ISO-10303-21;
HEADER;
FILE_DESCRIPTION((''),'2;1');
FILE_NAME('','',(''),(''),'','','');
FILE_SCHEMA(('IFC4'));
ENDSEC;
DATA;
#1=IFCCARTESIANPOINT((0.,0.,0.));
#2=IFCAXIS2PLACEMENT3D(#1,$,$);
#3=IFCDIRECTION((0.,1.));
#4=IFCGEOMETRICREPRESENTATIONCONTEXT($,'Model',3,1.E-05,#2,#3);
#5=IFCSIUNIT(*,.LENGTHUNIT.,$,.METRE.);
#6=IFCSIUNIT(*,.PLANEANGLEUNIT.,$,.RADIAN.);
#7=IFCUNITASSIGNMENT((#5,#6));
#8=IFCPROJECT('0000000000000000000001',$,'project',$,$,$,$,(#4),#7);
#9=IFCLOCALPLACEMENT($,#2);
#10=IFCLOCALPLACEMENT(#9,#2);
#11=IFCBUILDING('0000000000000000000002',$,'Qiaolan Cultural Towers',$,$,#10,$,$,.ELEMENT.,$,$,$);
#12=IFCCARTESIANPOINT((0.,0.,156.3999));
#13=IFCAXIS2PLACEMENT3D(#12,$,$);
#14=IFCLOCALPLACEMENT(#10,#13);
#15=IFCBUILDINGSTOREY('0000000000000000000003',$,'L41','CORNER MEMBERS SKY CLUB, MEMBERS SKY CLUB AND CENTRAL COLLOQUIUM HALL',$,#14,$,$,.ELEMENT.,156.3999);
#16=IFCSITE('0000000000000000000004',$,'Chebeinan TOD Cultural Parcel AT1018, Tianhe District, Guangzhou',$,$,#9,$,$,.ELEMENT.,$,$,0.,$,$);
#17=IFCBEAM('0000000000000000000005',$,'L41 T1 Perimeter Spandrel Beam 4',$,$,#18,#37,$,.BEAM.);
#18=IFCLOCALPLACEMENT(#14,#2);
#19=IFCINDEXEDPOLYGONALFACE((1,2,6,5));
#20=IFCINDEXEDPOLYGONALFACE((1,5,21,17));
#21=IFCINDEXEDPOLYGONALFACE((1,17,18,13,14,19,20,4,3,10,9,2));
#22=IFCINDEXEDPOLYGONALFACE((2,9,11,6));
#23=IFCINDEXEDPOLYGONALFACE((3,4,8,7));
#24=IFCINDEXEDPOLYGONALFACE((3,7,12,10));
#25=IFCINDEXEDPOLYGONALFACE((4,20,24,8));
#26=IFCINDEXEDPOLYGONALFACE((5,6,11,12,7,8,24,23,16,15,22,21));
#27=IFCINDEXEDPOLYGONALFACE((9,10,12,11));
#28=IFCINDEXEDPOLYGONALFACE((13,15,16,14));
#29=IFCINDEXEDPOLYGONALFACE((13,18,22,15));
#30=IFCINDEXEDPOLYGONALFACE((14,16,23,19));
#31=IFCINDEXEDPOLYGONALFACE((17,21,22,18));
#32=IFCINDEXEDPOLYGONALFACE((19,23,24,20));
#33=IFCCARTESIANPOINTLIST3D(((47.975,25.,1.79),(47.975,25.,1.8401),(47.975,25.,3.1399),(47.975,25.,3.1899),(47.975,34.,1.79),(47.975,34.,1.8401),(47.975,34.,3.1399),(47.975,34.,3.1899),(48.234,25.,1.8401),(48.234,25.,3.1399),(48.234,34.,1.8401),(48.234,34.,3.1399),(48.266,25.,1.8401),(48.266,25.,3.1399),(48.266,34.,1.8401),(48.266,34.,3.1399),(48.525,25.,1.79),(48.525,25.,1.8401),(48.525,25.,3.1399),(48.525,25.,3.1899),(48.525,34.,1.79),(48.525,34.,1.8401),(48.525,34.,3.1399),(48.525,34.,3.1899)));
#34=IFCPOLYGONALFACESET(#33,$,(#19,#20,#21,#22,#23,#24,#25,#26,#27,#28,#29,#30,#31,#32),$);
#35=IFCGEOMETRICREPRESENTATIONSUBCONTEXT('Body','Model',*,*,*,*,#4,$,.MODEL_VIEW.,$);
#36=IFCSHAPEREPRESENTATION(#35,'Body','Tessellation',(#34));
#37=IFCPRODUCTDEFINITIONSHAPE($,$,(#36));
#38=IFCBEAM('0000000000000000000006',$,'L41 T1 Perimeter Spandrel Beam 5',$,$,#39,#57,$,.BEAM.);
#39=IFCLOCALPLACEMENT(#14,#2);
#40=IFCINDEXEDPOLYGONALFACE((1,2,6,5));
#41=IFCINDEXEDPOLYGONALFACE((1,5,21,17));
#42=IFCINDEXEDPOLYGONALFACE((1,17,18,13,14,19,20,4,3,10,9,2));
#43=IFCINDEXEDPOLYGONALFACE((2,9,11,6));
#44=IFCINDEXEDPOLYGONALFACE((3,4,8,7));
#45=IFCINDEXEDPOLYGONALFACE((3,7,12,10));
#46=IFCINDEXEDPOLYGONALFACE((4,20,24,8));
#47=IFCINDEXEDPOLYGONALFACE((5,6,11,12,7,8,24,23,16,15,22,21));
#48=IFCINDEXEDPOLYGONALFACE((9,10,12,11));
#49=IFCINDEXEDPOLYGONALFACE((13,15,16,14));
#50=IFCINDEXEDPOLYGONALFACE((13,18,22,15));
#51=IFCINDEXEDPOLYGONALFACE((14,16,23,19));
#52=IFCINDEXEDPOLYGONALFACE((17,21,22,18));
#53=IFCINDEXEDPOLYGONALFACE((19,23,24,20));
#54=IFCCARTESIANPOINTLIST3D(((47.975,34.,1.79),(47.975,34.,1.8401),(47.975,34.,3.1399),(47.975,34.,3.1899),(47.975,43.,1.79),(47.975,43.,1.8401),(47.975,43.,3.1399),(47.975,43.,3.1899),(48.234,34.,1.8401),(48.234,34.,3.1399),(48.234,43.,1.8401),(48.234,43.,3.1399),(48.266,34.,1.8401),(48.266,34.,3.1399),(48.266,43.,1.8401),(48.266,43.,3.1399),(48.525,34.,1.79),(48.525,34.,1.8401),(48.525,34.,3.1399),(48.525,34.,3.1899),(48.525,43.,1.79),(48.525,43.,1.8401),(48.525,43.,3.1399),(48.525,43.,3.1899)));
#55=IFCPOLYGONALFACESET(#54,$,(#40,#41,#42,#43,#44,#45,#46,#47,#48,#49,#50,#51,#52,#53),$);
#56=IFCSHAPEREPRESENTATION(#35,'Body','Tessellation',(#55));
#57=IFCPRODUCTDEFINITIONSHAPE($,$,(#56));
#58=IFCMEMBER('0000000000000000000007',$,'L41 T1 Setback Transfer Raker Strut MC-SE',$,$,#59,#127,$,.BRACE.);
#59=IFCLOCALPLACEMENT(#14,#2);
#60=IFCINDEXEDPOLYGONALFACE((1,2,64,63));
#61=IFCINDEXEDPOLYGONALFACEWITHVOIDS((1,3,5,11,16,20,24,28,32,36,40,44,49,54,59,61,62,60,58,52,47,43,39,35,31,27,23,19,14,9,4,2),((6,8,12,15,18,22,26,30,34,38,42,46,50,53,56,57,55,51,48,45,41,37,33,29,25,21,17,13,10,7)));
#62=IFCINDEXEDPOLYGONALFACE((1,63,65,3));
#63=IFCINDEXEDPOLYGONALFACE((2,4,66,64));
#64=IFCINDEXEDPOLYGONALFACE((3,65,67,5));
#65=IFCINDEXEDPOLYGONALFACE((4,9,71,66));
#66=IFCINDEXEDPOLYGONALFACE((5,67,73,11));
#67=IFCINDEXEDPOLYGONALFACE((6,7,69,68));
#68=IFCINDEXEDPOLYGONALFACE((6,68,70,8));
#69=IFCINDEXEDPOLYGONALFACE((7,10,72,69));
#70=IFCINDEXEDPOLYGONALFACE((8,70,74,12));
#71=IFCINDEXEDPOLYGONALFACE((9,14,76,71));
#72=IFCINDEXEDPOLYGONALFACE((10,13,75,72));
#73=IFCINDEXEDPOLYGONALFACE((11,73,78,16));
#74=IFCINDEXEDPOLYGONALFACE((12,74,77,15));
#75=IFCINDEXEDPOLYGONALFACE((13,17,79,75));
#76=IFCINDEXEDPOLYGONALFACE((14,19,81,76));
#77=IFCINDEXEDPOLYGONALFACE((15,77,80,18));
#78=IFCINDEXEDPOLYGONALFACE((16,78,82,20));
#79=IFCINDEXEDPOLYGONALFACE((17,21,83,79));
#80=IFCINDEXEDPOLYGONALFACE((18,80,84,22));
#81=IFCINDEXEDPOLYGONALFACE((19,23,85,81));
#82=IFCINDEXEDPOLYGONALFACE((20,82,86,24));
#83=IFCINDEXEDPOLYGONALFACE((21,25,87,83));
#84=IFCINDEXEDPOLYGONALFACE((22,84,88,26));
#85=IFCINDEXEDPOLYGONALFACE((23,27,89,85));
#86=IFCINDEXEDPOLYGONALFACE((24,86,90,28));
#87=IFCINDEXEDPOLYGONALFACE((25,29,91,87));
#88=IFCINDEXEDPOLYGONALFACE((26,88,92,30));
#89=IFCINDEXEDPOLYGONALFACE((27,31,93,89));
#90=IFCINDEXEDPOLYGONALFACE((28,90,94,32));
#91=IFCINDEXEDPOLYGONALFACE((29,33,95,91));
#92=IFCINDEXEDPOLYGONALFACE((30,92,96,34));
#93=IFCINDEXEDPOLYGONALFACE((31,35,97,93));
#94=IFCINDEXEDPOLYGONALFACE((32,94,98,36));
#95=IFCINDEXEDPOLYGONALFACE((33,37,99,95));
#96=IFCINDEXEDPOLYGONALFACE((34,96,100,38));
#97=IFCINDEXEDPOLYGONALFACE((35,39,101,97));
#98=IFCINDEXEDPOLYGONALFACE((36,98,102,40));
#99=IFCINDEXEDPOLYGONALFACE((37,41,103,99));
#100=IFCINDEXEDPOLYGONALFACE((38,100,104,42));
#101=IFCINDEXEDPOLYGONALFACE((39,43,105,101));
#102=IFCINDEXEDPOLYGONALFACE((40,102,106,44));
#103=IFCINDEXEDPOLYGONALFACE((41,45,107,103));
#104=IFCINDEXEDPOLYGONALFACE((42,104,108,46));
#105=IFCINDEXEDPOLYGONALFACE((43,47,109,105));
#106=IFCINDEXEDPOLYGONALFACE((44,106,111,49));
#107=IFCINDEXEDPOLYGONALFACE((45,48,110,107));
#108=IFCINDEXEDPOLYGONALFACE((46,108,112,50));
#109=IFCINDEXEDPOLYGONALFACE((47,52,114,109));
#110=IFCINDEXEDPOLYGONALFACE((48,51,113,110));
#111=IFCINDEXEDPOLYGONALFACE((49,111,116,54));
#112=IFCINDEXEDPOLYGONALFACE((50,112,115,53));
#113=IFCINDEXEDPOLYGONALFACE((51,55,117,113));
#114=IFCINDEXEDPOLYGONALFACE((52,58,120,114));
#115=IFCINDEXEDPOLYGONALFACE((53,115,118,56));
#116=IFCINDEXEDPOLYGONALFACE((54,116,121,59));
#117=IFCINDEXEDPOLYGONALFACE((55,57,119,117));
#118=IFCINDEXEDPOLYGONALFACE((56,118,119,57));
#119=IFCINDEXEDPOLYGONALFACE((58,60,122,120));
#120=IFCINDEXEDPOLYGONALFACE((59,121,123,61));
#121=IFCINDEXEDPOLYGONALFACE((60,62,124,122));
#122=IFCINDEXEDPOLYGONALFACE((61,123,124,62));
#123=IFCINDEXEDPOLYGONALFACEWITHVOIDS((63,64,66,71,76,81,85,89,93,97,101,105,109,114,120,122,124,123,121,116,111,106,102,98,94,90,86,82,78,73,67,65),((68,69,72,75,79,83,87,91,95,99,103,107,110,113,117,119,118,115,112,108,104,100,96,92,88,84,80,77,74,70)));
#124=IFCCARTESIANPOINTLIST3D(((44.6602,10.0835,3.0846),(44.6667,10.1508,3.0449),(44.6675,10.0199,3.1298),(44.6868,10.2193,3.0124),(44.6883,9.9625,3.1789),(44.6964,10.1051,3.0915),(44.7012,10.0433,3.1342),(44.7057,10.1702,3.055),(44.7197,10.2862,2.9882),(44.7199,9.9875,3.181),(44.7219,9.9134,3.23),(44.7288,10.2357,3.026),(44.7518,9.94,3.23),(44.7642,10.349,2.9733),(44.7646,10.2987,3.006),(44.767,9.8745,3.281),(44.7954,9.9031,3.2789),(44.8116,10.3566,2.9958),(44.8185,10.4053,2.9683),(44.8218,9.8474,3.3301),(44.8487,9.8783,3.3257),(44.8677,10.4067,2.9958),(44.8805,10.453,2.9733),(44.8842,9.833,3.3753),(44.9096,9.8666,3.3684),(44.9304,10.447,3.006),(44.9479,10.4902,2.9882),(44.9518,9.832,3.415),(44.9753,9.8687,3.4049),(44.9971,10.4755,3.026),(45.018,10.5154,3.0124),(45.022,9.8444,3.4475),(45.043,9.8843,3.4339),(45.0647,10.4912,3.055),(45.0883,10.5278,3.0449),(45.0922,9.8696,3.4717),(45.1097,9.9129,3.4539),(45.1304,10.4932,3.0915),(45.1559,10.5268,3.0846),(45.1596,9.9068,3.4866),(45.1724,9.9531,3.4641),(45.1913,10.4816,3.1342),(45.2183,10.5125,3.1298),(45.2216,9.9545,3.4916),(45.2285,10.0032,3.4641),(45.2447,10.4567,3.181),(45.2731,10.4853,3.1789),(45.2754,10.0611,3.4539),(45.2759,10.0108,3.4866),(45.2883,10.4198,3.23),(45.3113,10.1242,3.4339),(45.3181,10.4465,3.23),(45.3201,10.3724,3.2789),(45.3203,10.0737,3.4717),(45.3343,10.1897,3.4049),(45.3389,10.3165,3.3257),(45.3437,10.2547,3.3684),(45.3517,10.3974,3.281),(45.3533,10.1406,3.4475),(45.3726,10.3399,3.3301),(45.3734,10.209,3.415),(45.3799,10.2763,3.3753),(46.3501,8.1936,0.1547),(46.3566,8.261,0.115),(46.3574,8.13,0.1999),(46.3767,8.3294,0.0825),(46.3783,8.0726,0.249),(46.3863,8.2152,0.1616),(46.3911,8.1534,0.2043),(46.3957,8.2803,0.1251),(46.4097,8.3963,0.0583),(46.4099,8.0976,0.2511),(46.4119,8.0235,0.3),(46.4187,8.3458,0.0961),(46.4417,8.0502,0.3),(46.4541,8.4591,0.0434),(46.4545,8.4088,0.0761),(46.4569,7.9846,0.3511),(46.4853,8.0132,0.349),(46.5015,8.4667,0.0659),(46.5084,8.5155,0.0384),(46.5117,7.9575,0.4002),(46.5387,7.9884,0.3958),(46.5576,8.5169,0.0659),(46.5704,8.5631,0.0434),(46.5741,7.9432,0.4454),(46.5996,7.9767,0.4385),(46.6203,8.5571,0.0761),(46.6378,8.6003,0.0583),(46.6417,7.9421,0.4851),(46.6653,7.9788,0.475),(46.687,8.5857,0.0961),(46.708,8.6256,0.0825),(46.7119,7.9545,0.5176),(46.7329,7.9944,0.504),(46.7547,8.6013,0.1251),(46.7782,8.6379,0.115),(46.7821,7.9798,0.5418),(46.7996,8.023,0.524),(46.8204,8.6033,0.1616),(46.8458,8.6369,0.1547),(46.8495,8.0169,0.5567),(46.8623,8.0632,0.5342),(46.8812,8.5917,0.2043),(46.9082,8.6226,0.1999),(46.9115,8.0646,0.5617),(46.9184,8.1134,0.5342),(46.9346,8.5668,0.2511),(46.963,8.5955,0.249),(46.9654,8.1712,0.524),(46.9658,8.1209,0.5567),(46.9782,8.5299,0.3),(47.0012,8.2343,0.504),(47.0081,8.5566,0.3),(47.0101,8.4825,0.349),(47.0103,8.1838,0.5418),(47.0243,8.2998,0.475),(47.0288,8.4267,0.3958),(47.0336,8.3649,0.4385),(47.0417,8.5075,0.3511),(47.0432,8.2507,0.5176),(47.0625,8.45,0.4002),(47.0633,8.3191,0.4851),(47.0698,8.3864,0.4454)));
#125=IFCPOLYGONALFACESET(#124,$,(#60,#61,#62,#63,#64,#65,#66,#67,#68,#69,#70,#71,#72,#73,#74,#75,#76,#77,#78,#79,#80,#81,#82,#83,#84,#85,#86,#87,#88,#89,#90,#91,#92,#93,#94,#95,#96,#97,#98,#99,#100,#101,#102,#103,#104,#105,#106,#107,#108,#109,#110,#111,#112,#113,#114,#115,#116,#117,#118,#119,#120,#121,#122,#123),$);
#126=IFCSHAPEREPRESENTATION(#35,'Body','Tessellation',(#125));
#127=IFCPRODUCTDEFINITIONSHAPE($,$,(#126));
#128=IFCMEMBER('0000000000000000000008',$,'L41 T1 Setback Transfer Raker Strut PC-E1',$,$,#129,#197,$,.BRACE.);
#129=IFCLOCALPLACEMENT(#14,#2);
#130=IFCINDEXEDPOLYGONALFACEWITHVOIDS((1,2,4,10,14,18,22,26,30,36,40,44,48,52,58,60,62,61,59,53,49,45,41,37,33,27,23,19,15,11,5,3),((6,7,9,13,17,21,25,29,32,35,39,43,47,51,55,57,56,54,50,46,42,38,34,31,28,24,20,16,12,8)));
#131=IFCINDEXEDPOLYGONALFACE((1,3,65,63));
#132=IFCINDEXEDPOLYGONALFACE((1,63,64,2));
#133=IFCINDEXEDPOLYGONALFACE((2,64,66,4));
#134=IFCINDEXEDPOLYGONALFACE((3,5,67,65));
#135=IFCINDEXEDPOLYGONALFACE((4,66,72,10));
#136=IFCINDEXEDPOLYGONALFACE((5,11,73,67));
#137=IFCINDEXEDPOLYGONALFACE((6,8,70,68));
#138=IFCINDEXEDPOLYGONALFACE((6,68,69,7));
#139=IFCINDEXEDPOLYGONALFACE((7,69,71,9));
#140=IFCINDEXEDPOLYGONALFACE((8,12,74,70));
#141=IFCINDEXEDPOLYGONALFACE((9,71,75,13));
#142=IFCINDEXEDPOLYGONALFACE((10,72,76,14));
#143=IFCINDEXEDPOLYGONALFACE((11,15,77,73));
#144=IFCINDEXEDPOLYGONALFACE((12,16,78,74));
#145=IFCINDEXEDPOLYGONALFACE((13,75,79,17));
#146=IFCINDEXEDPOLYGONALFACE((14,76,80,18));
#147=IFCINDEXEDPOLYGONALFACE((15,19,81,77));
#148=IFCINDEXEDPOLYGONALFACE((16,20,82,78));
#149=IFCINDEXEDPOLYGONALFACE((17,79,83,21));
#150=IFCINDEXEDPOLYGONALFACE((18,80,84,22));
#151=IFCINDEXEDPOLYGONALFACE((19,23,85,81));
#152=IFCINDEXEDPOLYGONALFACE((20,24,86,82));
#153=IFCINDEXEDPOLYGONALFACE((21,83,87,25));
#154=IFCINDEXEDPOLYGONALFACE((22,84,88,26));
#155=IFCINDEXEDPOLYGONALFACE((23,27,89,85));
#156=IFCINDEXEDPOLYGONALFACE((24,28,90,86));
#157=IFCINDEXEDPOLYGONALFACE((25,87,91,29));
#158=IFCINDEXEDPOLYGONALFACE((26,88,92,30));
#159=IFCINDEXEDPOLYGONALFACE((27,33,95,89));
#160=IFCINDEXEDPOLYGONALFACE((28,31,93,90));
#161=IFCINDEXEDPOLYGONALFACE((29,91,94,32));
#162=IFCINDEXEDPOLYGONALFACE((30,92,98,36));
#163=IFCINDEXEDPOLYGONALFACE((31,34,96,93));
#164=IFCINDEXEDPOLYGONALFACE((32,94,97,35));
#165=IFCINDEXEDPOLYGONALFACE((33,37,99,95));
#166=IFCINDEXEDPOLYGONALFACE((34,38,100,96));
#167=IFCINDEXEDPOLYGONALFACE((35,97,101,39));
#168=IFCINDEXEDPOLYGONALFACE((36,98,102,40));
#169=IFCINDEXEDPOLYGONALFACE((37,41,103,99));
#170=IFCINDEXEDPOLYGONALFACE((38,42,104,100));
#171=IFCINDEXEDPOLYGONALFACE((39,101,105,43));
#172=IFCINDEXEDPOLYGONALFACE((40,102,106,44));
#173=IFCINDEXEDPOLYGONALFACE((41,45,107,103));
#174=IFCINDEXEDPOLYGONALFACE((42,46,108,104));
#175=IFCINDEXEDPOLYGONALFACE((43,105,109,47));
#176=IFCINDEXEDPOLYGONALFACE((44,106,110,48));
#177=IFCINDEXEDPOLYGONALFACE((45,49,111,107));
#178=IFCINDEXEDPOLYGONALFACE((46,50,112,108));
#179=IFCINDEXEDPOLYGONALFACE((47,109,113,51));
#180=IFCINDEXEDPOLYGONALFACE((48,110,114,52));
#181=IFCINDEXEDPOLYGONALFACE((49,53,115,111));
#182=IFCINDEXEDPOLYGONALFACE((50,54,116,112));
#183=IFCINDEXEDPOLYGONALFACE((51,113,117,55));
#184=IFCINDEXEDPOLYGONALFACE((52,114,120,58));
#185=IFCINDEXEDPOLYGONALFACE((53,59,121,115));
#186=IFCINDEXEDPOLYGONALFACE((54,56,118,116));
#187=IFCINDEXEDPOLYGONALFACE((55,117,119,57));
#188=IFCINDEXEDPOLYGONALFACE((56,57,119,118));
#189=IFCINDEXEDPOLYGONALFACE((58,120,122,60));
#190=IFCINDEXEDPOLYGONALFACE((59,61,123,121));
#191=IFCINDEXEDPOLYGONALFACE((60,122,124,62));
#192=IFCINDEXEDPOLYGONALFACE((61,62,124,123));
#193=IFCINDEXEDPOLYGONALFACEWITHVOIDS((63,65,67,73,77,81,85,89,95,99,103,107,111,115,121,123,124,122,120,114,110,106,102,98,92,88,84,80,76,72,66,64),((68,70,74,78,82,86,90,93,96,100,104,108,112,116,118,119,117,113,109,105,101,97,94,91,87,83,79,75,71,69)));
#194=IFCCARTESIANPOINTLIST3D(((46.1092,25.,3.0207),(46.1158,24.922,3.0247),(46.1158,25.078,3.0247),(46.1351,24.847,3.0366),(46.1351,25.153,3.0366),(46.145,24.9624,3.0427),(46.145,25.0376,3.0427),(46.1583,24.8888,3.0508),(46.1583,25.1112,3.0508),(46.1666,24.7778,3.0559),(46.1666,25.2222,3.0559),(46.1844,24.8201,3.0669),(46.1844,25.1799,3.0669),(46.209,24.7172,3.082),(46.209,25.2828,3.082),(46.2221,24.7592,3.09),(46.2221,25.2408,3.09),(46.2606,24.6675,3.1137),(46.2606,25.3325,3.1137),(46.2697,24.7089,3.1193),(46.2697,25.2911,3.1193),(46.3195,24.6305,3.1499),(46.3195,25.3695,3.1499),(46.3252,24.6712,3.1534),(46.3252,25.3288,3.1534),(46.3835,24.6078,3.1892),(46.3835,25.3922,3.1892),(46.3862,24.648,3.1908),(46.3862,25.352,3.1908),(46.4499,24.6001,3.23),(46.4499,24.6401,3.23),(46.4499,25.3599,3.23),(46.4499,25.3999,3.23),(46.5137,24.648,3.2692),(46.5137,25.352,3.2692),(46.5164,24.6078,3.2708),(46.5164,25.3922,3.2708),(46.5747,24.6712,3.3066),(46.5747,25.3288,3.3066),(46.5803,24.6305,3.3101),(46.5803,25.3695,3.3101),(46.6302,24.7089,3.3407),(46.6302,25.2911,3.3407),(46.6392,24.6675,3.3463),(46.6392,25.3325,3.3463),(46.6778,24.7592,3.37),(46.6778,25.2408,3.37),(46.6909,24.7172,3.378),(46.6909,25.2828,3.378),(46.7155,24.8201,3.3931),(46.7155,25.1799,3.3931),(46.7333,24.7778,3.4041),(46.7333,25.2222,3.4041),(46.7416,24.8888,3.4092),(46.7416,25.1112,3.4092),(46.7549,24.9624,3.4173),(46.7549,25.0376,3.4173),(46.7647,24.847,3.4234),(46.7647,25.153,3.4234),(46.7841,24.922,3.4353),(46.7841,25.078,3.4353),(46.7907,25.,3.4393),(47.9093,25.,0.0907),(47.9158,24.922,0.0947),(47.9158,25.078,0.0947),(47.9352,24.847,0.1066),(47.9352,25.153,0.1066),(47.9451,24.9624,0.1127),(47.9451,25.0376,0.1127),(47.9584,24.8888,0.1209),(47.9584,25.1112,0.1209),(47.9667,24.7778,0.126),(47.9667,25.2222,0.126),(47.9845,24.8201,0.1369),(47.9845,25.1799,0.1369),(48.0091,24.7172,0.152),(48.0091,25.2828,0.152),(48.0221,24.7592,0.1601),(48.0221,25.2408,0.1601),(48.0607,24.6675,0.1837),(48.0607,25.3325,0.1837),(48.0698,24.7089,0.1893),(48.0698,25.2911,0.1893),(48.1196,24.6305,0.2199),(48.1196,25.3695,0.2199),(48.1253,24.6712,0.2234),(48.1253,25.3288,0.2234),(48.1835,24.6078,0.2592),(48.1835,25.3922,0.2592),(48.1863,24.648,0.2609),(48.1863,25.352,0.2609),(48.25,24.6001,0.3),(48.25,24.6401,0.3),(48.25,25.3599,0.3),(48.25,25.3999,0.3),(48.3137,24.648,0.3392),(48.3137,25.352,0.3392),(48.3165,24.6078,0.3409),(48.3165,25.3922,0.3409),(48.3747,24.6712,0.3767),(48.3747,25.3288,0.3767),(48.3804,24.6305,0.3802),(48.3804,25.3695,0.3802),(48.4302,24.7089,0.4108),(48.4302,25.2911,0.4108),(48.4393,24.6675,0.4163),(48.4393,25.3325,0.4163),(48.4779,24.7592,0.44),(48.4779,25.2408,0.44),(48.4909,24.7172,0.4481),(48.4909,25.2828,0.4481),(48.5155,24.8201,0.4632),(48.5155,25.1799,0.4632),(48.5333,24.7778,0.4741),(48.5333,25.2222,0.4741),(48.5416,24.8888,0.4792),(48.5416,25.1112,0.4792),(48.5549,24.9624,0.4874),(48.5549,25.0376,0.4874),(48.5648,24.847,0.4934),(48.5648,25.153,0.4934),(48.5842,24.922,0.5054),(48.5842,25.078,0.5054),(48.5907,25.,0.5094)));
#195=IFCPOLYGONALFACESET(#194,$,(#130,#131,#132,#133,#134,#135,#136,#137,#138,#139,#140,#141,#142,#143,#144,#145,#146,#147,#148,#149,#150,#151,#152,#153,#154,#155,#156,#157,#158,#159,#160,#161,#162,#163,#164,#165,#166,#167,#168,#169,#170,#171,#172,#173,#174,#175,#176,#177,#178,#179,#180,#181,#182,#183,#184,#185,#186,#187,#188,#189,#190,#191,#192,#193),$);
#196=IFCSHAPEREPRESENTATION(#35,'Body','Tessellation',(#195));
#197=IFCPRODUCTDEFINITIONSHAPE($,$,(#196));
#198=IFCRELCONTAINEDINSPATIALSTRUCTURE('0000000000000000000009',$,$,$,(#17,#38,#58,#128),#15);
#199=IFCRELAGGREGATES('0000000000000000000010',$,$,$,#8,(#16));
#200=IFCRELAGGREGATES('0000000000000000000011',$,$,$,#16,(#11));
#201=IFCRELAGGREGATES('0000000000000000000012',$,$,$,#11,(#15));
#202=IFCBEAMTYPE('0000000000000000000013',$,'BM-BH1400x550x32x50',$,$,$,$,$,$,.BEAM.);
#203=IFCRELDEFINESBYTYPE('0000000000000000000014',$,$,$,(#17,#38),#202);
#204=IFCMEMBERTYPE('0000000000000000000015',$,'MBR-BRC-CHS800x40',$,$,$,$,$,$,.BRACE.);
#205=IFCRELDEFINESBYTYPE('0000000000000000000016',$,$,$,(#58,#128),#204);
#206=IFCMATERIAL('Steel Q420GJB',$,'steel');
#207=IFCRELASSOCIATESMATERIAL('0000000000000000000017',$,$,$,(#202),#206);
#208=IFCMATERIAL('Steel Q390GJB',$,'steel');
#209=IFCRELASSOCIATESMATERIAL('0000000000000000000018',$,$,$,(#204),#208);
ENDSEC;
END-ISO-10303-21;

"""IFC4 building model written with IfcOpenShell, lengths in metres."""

from ifc_helpers import new_model, si_unit, direction, frame, origin, origin_2d, place, context, subcontext, project, spatial, hollow_circle, i_section, extrude, material, material_profile, profile_set, type_object, element, save


model = new_model("IFC4")

# Units and contexts
model_context = context("Model", 3, precision=1e-05, world=origin(), true_north=direction((0.0, 1.0)))
body_context = subcontext(model_context, "Body", "Model", "MODEL_VIEW")
ifc_project = project(units=[si_unit("LENGTHUNIT", "METRE"), si_unit("PLANEANGLEUNIT", "RADIAN")], contexts=[model_context])

# Site, building, storey
site_placement = place(None, origin())
site = spatial("IfcSite", under=ifc_project, at=site_placement, Name="Chebeinan TOD Cultural Parcel AT1018, Tianhe District, Guangzhou", CompositionType="ELEMENT", RefElevation=0.0)
building_placement = place(site_placement, origin())
building = spatial("IfcBuilding", under=site, at=building_placement, Name="Qiaolan Cultural Towers", CompositionType="ELEMENT")
storey_placement = place(building_placement, frame((0.0, 0.0, 156.3999)))
storey = spatial("IfcBuildingStorey", under=building, at=storey_placement, Name="L41", Description="CORNER MEMBERS SKY CLUB, MEMBERS SKY CLUB AND CENTRAL COLLOQUIUM HALL", CompositionType="ELEMENT", Elevation=156.3999)

# Beams
ifc_material_1 = material(Name="Steel Q420GJB", Category="steel")
ifc_material_profile_1 = material_profile(ifc_material_1, i_section(OverallWidth=0.55, OverallDepth=1.3999, WebThickness=0.032, FlangeThickness=0.05, at=origin_2d()), Name="BH1400x550x32x50")
ifc_profile_set_1 = profile_set([ifc_material_profile_1], Name="Steel Q420GJB")
beam_type = type_object("IfcBeamType", Name="BM-BH1400x550x32x50", PredefinedType="BEAM", material=ifc_profile_set_1)
for number, where, z_axis, x_axis, name in (
    (1, (48.25, 25.0, 2.49), (0.0, 1.0, 0.0), (-1.0, 0.0, 0.0), "L41 T1 Perimeter Spandrel Beam 4"),
    (2, (48.25, 34.0, 2.49), (0.0, 1.0, 0.0), (-1.0, 0.0, 0.0), "L41 T1 Perimeter Spandrel Beam 5"),
):
    element("IfcBeam", number, at=place(storey_placement, frame(where, z_axis=z_axis, x_axis=x_axis)), inside=storey, type_object=beam_type, Name=name, PredefinedType="BEAM", context=body_context, shape_type="SweptSolid", body=[
        extrude(i_section(OverallWidth=0.55, OverallDepth=1.3999, WebThickness=0.032, FlangeThickness=0.05, at=origin_2d()), origin(), (0.0, 0.0, 1.0), 9.0),
    ])

# Members
ifc_material_2 = material(Name="Steel Q390GJB", Category="steel")
ifc_material_profile_2 = material_profile(ifc_material_2, hollow_circle(Radius=0.3999, WallThickness=0.04, at=origin_2d()), Name="CHS800x40")
ifc_profile_set_2 = profile_set([ifc_material_profile_2], Name="Steel Q390GJB")
member_type = type_object("IfcMemberType", Name="MBR-BRC-CHS800x40", PredefinedType="BRACE", material=ifc_profile_set_2)
member_placement = place(storey_placement, frame((46.71, 8.29, 0.3), z_axis=(-0.436165, 0.487772, 0.7562), x_axis=(-0.74544, -0.666572, 0.0)))
element("IfcMember", 3, at=member_placement, inside=storey, type_object=member_type, Name="L41 T1 Setback Transfer Raker Strut MC-SE", PredefinedType="BRACE", context=body_context, shape_type="SweptSolid", body=[
    extrude(hollow_circle(Radius=0.3999, WallThickness=0.04, at=origin_2d()), origin(), (0.0, 0.0, 1.0), 3.8745),
])
for number, where, z_axis, x_axis, name in (
    (4, (48.25, 25.0, 0.3), (-0.523467, 0.0, 0.852046), (0.0, -1.0, 0.0), "L41 T1 Setback Transfer Raker Strut PC-E1"),
):
    element("IfcMember", number, at=place(storey_placement, frame(where, z_axis=z_axis, x_axis=x_axis)), inside=storey, type_object=member_type, Name=name, PredefinedType="BRACE", context=body_context, shape_type="SweptSolid", body=[
        extrude(hollow_circle(Radius=0.3999, WallThickness=0.04, at=origin_2d()), origin(), (0.0, 0.0, 1.0), 3.4387),
    ])

save(model, "model.ifc")
